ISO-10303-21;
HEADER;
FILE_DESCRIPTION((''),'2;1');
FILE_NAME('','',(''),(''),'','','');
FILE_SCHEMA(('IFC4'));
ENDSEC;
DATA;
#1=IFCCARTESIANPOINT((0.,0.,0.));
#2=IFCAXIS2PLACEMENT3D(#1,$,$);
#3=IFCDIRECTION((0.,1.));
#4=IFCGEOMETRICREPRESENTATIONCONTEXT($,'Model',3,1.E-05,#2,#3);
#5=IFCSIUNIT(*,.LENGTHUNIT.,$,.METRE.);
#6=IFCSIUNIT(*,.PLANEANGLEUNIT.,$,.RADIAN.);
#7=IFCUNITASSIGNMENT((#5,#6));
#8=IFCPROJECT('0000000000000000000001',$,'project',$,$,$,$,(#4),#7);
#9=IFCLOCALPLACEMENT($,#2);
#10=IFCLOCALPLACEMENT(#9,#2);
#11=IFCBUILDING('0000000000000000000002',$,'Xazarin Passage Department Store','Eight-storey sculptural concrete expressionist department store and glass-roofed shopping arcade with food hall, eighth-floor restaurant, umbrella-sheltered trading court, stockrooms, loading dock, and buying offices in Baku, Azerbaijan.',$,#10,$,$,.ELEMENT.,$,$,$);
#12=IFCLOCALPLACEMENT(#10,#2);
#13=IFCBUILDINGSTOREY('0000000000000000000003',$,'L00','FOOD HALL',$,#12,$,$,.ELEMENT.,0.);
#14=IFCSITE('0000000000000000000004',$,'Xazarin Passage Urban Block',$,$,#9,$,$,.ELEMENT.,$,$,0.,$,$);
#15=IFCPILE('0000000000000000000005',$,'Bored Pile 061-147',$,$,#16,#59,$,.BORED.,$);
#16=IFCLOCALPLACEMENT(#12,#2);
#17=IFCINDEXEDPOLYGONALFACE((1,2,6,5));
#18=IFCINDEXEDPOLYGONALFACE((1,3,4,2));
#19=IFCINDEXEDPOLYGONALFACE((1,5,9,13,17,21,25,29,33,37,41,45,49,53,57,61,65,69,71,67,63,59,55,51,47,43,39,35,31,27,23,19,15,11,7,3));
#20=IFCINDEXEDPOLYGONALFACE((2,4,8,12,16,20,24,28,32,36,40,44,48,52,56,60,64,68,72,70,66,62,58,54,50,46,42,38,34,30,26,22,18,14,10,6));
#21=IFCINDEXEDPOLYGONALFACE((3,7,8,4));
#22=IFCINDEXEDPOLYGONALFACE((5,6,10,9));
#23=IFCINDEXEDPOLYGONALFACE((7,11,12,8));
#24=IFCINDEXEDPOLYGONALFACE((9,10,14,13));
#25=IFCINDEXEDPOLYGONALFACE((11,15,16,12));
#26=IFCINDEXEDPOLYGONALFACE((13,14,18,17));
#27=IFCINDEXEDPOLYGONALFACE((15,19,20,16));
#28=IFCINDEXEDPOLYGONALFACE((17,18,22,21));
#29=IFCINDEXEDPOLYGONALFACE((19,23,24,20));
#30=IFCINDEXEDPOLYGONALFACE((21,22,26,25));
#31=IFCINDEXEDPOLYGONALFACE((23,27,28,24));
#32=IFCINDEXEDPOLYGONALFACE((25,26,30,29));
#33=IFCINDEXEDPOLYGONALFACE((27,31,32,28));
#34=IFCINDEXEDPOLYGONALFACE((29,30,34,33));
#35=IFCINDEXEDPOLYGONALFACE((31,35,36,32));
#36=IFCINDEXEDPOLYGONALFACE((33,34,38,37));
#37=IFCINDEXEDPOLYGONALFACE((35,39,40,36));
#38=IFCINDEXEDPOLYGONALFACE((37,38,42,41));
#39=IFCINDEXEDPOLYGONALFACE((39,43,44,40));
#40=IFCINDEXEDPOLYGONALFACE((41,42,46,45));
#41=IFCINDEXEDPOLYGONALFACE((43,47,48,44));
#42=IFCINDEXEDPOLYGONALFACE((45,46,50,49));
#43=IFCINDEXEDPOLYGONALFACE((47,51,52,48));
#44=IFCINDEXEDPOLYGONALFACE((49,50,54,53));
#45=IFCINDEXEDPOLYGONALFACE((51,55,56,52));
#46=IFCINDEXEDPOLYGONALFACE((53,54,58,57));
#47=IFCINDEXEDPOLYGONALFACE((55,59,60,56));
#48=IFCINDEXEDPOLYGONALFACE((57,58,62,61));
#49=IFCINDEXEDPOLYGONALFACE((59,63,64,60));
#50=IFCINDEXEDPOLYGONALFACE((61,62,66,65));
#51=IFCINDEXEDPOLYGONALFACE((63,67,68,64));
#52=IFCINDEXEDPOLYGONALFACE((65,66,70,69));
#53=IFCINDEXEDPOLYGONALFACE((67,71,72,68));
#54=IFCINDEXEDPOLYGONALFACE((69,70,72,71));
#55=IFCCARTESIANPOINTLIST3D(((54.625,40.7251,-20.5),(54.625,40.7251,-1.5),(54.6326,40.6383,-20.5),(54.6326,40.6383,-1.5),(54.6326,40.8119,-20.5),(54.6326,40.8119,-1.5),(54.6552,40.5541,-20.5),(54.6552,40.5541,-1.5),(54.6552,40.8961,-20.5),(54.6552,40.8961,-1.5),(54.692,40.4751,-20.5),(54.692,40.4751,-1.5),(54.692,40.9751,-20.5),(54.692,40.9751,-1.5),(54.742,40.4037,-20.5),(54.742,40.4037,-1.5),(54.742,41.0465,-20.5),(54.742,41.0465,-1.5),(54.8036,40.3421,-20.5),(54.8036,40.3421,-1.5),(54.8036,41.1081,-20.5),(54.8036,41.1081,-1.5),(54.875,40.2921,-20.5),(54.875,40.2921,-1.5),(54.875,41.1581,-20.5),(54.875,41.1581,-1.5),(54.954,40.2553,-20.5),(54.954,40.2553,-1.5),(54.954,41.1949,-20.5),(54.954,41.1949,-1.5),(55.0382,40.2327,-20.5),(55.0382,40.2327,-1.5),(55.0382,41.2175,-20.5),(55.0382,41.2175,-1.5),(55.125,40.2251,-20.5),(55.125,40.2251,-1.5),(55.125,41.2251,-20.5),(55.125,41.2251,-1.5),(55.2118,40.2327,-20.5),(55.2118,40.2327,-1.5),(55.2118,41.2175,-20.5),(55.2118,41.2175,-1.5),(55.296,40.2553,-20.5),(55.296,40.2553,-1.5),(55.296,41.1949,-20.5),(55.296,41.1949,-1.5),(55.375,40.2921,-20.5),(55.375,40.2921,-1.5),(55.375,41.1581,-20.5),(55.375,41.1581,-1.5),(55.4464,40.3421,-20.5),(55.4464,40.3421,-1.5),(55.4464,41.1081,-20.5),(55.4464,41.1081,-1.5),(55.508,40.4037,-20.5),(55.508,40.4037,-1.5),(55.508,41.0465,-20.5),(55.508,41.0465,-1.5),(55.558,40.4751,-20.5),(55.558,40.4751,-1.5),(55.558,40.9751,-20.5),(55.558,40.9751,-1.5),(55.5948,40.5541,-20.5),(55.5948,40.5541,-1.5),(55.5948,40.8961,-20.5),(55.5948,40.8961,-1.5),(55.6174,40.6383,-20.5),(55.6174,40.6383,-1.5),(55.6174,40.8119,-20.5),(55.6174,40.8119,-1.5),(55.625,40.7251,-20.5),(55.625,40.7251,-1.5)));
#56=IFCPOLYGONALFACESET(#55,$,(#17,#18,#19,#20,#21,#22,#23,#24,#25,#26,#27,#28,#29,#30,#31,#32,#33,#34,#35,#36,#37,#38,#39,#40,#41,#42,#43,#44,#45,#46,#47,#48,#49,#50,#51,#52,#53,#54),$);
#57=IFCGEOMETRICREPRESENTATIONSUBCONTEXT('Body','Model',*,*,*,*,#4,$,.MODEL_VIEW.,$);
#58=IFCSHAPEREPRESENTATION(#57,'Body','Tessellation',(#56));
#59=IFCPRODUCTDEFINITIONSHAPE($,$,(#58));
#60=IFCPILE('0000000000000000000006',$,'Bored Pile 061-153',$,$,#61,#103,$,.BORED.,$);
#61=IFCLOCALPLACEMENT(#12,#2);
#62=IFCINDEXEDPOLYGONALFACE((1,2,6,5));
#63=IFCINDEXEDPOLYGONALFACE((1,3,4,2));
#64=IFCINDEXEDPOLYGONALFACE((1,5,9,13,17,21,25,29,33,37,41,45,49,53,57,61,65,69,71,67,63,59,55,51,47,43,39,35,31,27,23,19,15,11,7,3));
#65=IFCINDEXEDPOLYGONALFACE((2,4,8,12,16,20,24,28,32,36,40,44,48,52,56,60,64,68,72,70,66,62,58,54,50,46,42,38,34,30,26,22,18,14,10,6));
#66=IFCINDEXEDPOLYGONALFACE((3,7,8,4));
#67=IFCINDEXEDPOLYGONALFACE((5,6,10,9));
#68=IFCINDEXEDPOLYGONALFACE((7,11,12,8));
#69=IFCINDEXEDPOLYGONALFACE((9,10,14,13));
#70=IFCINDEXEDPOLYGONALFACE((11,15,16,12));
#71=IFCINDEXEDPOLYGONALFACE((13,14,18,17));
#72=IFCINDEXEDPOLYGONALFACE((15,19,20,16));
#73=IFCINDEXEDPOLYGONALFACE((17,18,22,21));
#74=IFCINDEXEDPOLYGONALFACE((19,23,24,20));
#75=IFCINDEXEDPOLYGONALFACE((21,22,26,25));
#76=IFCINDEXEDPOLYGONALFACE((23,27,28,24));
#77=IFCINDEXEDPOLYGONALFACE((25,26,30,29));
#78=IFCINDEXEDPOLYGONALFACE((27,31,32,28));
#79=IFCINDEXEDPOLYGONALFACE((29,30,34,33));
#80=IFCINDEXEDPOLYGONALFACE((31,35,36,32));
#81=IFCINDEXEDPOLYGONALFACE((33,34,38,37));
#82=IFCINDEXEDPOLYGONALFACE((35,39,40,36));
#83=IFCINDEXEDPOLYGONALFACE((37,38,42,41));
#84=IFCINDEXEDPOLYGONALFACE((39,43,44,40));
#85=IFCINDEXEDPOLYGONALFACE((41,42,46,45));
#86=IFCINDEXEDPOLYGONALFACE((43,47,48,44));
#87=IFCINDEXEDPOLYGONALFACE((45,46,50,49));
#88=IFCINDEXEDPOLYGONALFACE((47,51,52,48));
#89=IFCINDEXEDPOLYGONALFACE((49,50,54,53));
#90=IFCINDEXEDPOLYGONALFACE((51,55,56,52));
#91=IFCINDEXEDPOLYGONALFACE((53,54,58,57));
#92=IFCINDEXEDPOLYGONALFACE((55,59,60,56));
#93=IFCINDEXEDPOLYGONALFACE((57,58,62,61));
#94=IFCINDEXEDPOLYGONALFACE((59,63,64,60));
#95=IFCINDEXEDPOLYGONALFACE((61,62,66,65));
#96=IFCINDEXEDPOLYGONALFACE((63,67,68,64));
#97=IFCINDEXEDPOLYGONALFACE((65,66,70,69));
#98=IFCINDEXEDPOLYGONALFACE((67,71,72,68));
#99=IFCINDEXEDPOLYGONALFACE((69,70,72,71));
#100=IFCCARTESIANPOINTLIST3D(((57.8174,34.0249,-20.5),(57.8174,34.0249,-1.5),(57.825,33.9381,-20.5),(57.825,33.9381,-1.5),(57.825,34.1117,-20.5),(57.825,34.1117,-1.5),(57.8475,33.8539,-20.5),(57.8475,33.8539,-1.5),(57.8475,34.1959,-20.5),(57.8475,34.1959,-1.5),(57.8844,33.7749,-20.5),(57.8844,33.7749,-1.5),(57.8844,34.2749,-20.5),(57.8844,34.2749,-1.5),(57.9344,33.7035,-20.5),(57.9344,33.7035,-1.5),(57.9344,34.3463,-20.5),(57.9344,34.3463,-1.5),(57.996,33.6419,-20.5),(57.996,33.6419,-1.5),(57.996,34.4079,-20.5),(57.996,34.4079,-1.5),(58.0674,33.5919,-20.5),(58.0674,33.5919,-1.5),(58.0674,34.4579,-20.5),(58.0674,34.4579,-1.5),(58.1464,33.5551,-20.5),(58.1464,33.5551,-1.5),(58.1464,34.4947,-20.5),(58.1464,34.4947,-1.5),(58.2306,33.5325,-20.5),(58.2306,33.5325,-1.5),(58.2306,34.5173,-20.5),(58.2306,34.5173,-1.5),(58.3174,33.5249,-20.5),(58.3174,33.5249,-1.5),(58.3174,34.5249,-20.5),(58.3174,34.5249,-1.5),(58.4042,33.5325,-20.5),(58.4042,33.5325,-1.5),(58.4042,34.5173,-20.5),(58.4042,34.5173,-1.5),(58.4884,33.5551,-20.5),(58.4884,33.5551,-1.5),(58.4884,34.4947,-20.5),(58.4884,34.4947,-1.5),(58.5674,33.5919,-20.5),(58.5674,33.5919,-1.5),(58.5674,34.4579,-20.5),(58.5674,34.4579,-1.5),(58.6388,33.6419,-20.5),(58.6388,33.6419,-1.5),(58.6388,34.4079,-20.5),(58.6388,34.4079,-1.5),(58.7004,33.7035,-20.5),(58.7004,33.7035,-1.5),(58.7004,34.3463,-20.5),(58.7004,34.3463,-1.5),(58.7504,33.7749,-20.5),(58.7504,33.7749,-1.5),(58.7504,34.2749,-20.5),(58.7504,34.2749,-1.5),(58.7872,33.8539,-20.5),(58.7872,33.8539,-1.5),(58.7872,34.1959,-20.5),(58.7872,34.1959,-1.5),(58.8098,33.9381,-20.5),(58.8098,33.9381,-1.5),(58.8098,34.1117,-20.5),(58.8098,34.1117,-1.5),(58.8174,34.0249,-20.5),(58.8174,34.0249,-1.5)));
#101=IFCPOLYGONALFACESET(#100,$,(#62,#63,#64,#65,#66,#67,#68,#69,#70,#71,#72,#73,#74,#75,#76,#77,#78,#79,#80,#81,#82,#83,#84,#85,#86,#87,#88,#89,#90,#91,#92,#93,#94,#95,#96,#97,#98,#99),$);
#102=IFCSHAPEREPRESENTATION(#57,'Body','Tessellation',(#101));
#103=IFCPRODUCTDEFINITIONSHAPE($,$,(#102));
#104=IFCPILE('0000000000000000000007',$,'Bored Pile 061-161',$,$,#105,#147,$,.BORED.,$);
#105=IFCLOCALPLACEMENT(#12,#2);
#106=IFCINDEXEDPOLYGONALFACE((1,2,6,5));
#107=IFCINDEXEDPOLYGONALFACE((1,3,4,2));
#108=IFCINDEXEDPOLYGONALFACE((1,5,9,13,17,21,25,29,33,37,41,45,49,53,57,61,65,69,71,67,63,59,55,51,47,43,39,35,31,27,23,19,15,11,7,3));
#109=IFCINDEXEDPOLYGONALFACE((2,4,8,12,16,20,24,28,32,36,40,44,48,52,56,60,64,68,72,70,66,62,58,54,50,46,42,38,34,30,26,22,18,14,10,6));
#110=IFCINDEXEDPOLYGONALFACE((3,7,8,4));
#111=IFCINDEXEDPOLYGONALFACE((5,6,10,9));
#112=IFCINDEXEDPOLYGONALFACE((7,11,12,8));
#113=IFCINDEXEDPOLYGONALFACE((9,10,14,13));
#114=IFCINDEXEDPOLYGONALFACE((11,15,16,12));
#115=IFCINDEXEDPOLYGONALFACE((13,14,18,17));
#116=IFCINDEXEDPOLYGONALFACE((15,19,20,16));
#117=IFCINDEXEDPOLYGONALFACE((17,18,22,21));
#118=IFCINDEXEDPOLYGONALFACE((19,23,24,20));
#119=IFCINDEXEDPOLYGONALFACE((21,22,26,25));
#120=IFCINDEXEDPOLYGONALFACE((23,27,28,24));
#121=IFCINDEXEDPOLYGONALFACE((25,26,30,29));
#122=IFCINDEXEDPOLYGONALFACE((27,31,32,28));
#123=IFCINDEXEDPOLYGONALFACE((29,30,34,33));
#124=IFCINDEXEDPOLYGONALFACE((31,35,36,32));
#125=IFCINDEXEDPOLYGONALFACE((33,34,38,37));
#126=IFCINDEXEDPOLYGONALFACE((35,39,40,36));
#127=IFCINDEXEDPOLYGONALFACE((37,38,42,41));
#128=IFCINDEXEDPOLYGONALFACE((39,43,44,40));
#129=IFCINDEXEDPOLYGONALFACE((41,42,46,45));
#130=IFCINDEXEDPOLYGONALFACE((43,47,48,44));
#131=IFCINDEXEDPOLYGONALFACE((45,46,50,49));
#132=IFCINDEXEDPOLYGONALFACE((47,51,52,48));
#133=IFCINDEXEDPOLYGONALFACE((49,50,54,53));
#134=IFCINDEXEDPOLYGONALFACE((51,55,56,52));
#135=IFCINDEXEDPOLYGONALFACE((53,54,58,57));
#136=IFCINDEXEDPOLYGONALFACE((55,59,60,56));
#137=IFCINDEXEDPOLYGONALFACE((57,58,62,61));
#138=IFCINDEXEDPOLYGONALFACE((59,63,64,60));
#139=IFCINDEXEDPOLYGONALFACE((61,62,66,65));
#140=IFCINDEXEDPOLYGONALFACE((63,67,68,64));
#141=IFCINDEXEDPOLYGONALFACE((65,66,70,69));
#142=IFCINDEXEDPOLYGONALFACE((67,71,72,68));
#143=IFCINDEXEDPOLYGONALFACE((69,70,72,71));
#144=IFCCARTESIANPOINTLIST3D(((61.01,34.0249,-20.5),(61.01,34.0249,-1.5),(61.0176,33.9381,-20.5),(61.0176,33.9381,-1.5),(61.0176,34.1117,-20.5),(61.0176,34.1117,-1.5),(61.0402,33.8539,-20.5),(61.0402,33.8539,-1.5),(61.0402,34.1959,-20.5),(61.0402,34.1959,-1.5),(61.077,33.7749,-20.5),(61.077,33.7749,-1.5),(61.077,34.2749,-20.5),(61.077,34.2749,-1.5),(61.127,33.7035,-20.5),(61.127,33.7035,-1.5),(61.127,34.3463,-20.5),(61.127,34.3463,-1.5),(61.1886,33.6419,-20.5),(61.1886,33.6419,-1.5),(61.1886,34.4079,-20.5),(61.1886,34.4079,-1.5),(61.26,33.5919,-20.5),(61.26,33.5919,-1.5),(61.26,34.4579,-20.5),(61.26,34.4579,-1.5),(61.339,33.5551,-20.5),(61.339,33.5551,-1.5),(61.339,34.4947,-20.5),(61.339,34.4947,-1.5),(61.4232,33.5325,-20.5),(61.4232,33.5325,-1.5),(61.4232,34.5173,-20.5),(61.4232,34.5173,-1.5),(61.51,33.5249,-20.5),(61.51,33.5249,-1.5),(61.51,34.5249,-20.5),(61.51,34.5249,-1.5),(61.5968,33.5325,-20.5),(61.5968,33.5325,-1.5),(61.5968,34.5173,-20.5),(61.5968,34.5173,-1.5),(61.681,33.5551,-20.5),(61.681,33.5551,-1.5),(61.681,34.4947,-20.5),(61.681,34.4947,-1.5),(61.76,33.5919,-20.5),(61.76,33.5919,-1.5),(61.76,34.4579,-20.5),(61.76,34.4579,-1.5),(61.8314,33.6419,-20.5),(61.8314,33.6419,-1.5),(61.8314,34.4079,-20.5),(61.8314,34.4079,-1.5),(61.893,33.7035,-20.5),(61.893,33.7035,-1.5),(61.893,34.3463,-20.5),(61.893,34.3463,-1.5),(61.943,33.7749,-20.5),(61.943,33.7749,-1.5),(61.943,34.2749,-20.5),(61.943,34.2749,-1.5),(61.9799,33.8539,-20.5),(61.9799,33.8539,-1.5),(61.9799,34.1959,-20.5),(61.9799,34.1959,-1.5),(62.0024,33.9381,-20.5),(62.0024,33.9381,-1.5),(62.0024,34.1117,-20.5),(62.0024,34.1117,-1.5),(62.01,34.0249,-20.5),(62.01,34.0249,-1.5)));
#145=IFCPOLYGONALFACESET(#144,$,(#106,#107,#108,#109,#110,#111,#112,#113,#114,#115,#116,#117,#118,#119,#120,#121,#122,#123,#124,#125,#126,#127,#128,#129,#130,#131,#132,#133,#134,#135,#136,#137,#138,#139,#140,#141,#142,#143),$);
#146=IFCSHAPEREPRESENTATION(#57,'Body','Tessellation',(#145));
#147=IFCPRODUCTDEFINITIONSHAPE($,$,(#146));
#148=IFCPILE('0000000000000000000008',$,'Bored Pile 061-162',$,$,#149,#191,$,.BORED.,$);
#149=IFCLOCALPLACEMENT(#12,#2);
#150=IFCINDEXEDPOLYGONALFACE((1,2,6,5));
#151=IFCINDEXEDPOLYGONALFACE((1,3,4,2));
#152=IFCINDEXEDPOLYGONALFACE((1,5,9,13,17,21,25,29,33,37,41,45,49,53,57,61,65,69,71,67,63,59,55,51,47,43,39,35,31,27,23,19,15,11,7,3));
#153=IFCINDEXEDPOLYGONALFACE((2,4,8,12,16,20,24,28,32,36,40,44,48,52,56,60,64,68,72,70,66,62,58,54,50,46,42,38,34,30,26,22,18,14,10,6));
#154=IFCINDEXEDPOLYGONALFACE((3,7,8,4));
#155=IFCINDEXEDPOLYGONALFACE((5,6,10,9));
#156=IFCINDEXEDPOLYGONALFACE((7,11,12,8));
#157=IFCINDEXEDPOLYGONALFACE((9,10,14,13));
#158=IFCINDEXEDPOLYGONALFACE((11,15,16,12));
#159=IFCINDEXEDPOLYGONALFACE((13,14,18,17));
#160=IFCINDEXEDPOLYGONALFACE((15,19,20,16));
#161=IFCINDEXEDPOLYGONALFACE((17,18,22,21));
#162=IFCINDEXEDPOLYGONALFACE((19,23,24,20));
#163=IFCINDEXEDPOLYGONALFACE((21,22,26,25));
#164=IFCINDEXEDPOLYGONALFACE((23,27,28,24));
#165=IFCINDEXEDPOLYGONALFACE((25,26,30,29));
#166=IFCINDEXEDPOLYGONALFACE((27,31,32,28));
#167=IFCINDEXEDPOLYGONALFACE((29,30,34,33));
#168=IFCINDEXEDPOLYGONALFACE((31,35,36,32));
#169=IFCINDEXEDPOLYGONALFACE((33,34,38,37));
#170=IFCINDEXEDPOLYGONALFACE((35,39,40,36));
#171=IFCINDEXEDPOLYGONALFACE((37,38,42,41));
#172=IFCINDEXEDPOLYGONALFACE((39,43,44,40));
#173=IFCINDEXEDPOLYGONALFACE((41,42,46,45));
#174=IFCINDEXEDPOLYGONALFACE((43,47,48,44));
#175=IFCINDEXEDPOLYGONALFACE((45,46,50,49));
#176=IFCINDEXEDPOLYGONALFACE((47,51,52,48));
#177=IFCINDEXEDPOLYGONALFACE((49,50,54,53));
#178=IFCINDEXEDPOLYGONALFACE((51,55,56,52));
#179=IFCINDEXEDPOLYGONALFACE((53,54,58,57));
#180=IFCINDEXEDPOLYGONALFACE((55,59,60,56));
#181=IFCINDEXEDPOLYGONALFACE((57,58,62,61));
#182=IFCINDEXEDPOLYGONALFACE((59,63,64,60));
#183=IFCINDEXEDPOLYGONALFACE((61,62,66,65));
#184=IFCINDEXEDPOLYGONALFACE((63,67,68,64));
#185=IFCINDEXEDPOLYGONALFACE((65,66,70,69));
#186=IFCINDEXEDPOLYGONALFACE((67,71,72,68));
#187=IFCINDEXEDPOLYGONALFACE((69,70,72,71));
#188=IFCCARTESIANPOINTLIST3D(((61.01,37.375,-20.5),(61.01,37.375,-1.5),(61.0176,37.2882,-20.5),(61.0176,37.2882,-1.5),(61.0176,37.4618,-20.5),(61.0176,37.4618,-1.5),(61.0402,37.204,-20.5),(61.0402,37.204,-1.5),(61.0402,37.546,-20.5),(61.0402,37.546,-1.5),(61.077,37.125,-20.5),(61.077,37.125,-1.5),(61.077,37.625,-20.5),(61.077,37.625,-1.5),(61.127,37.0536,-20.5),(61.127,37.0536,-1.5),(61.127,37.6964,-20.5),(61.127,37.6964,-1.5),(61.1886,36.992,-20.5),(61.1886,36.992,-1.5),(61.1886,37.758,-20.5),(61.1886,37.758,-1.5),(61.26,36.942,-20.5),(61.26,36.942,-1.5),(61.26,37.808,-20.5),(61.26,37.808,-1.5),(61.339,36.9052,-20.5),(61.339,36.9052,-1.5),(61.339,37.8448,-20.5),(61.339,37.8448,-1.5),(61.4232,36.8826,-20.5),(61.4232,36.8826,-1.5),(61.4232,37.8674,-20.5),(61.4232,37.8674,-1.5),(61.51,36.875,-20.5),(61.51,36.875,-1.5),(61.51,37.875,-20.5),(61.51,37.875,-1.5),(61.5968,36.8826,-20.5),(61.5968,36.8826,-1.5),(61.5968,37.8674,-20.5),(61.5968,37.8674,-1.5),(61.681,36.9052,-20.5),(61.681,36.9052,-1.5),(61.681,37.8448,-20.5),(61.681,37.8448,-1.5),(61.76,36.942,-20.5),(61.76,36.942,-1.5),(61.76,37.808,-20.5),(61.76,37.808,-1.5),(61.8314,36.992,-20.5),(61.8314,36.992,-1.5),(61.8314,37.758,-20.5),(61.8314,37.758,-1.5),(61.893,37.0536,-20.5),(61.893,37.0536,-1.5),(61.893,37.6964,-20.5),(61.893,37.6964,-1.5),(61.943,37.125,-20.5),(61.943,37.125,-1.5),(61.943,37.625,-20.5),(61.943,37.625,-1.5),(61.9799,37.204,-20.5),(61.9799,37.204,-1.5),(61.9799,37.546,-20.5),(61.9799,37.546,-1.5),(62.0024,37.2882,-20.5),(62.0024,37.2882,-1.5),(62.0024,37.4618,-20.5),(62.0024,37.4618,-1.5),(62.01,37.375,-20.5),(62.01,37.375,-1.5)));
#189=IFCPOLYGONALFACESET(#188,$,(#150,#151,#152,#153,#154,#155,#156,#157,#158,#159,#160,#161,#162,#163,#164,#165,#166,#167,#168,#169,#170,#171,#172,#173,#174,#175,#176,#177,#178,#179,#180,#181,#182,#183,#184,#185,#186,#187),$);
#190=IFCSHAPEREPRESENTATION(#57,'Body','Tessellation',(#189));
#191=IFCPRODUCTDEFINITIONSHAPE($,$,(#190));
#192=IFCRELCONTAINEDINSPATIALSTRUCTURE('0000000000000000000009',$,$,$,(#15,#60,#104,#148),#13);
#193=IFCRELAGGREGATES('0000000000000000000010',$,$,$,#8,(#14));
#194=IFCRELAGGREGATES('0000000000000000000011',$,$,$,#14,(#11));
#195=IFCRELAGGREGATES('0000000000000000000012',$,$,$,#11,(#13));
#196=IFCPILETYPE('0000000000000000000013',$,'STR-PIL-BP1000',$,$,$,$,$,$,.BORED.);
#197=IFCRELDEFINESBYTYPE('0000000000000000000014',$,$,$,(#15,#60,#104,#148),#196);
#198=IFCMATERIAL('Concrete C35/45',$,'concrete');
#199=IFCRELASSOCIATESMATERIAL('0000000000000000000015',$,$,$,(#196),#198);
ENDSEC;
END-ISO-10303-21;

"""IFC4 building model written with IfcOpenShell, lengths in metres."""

from ifc_helpers import new_model, si_unit, direction, frame, origin, origin_2d, place, context, subcontext, project, spatial, circle, extrude, material, material_profile, profile_set, type_object, element, save


model = new_model("IFC4")

# Units and contexts
model_context = context("Model", 3, precision=1e-05, world=origin(), true_north=direction((0.0, 1.0)))
body_context = subcontext(model_context, "Body", "Model", "MODEL_VIEW")
ifc_project = project(units=[si_unit("LENGTHUNIT", "METRE"), si_unit("PLANEANGLEUNIT", "RADIAN")], contexts=[model_context])

# Site, building, storey
site_placement = place(None, origin())
site = spatial("IfcSite", under=ifc_project, at=site_placement, Name="Xazarin Passage Urban Block", CompositionType="ELEMENT", RefElevation=0.0)
building_placement = place(site_placement, origin())
building = spatial("IfcBuilding", under=site, at=building_placement, Name="Xazarin Passage Department Store", Description="Eight-storey sculptural concrete expressionist department store and glass-roofed shopping arcade with food hall, eighth-floor restaurant, umbrella-sheltered trading court, stockrooms, loading dock, and buying offices in Baku, Azerbaijan.", CompositionType="ELEMENT")
storey_placement = place(building_placement, origin())
storey = spatial("IfcBuildingStorey", under=building, at=storey_placement, Name="L00", Description="FOOD HALL", CompositionType="ELEMENT", Elevation=0.0)

# Piles
ifc_material_1 = material(Name="Concrete C35/45", Category="concrete")
ifc_material_profile_1 = material_profile(ifc_material_1, circle(Radius=0.5, at=origin_2d()), Name="BP 1000")
ifc_profile_set_1 = profile_set([ifc_material_profile_1], Name="Concrete C35/45")
pile_type_1 = type_object("IfcPileType", Name="STR-PIL-BP1000", PredefinedType="BORED", material=ifc_profile_set_1)
for number, where, z_axis, x_axis, name in (
    (1, (55.125, 40.7251, -1.5), (0.0, 0.0, -1.0), (1.0, 0.0, 0.0), "Bored Pile 061-147"),
    (2, (58.3174, 34.0249, -1.5), (0.0, 0.0, -1.0), (1.0, 0.0, 0.0), "Bored Pile 061-153"),
    (3, (61.51, 34.0249, -1.5), (0.0, 0.0, -1.0), (1.0, 0.0, 0.0), "Bored Pile 061-161"),
    (4, (61.51, 37.375, -1.5), (0.0, 0.0, -1.0), (1.0, 0.0, 0.0), "Bored Pile 061-162"),
):
    element("IfcPile", number, at=place(storey_placement, frame(where, z_axis=z_axis, x_axis=x_axis)), inside=storey, type_object=pile_type_1, Name=name, PredefinedType="BORED", context=body_context, shape_type="SweptSolid", body=[
        extrude(circle(Radius=0.5, at=origin_2d()), origin(), (0.0, 0.0, 1.0), 19.0),
    ])

save(model, "model.ifc")
